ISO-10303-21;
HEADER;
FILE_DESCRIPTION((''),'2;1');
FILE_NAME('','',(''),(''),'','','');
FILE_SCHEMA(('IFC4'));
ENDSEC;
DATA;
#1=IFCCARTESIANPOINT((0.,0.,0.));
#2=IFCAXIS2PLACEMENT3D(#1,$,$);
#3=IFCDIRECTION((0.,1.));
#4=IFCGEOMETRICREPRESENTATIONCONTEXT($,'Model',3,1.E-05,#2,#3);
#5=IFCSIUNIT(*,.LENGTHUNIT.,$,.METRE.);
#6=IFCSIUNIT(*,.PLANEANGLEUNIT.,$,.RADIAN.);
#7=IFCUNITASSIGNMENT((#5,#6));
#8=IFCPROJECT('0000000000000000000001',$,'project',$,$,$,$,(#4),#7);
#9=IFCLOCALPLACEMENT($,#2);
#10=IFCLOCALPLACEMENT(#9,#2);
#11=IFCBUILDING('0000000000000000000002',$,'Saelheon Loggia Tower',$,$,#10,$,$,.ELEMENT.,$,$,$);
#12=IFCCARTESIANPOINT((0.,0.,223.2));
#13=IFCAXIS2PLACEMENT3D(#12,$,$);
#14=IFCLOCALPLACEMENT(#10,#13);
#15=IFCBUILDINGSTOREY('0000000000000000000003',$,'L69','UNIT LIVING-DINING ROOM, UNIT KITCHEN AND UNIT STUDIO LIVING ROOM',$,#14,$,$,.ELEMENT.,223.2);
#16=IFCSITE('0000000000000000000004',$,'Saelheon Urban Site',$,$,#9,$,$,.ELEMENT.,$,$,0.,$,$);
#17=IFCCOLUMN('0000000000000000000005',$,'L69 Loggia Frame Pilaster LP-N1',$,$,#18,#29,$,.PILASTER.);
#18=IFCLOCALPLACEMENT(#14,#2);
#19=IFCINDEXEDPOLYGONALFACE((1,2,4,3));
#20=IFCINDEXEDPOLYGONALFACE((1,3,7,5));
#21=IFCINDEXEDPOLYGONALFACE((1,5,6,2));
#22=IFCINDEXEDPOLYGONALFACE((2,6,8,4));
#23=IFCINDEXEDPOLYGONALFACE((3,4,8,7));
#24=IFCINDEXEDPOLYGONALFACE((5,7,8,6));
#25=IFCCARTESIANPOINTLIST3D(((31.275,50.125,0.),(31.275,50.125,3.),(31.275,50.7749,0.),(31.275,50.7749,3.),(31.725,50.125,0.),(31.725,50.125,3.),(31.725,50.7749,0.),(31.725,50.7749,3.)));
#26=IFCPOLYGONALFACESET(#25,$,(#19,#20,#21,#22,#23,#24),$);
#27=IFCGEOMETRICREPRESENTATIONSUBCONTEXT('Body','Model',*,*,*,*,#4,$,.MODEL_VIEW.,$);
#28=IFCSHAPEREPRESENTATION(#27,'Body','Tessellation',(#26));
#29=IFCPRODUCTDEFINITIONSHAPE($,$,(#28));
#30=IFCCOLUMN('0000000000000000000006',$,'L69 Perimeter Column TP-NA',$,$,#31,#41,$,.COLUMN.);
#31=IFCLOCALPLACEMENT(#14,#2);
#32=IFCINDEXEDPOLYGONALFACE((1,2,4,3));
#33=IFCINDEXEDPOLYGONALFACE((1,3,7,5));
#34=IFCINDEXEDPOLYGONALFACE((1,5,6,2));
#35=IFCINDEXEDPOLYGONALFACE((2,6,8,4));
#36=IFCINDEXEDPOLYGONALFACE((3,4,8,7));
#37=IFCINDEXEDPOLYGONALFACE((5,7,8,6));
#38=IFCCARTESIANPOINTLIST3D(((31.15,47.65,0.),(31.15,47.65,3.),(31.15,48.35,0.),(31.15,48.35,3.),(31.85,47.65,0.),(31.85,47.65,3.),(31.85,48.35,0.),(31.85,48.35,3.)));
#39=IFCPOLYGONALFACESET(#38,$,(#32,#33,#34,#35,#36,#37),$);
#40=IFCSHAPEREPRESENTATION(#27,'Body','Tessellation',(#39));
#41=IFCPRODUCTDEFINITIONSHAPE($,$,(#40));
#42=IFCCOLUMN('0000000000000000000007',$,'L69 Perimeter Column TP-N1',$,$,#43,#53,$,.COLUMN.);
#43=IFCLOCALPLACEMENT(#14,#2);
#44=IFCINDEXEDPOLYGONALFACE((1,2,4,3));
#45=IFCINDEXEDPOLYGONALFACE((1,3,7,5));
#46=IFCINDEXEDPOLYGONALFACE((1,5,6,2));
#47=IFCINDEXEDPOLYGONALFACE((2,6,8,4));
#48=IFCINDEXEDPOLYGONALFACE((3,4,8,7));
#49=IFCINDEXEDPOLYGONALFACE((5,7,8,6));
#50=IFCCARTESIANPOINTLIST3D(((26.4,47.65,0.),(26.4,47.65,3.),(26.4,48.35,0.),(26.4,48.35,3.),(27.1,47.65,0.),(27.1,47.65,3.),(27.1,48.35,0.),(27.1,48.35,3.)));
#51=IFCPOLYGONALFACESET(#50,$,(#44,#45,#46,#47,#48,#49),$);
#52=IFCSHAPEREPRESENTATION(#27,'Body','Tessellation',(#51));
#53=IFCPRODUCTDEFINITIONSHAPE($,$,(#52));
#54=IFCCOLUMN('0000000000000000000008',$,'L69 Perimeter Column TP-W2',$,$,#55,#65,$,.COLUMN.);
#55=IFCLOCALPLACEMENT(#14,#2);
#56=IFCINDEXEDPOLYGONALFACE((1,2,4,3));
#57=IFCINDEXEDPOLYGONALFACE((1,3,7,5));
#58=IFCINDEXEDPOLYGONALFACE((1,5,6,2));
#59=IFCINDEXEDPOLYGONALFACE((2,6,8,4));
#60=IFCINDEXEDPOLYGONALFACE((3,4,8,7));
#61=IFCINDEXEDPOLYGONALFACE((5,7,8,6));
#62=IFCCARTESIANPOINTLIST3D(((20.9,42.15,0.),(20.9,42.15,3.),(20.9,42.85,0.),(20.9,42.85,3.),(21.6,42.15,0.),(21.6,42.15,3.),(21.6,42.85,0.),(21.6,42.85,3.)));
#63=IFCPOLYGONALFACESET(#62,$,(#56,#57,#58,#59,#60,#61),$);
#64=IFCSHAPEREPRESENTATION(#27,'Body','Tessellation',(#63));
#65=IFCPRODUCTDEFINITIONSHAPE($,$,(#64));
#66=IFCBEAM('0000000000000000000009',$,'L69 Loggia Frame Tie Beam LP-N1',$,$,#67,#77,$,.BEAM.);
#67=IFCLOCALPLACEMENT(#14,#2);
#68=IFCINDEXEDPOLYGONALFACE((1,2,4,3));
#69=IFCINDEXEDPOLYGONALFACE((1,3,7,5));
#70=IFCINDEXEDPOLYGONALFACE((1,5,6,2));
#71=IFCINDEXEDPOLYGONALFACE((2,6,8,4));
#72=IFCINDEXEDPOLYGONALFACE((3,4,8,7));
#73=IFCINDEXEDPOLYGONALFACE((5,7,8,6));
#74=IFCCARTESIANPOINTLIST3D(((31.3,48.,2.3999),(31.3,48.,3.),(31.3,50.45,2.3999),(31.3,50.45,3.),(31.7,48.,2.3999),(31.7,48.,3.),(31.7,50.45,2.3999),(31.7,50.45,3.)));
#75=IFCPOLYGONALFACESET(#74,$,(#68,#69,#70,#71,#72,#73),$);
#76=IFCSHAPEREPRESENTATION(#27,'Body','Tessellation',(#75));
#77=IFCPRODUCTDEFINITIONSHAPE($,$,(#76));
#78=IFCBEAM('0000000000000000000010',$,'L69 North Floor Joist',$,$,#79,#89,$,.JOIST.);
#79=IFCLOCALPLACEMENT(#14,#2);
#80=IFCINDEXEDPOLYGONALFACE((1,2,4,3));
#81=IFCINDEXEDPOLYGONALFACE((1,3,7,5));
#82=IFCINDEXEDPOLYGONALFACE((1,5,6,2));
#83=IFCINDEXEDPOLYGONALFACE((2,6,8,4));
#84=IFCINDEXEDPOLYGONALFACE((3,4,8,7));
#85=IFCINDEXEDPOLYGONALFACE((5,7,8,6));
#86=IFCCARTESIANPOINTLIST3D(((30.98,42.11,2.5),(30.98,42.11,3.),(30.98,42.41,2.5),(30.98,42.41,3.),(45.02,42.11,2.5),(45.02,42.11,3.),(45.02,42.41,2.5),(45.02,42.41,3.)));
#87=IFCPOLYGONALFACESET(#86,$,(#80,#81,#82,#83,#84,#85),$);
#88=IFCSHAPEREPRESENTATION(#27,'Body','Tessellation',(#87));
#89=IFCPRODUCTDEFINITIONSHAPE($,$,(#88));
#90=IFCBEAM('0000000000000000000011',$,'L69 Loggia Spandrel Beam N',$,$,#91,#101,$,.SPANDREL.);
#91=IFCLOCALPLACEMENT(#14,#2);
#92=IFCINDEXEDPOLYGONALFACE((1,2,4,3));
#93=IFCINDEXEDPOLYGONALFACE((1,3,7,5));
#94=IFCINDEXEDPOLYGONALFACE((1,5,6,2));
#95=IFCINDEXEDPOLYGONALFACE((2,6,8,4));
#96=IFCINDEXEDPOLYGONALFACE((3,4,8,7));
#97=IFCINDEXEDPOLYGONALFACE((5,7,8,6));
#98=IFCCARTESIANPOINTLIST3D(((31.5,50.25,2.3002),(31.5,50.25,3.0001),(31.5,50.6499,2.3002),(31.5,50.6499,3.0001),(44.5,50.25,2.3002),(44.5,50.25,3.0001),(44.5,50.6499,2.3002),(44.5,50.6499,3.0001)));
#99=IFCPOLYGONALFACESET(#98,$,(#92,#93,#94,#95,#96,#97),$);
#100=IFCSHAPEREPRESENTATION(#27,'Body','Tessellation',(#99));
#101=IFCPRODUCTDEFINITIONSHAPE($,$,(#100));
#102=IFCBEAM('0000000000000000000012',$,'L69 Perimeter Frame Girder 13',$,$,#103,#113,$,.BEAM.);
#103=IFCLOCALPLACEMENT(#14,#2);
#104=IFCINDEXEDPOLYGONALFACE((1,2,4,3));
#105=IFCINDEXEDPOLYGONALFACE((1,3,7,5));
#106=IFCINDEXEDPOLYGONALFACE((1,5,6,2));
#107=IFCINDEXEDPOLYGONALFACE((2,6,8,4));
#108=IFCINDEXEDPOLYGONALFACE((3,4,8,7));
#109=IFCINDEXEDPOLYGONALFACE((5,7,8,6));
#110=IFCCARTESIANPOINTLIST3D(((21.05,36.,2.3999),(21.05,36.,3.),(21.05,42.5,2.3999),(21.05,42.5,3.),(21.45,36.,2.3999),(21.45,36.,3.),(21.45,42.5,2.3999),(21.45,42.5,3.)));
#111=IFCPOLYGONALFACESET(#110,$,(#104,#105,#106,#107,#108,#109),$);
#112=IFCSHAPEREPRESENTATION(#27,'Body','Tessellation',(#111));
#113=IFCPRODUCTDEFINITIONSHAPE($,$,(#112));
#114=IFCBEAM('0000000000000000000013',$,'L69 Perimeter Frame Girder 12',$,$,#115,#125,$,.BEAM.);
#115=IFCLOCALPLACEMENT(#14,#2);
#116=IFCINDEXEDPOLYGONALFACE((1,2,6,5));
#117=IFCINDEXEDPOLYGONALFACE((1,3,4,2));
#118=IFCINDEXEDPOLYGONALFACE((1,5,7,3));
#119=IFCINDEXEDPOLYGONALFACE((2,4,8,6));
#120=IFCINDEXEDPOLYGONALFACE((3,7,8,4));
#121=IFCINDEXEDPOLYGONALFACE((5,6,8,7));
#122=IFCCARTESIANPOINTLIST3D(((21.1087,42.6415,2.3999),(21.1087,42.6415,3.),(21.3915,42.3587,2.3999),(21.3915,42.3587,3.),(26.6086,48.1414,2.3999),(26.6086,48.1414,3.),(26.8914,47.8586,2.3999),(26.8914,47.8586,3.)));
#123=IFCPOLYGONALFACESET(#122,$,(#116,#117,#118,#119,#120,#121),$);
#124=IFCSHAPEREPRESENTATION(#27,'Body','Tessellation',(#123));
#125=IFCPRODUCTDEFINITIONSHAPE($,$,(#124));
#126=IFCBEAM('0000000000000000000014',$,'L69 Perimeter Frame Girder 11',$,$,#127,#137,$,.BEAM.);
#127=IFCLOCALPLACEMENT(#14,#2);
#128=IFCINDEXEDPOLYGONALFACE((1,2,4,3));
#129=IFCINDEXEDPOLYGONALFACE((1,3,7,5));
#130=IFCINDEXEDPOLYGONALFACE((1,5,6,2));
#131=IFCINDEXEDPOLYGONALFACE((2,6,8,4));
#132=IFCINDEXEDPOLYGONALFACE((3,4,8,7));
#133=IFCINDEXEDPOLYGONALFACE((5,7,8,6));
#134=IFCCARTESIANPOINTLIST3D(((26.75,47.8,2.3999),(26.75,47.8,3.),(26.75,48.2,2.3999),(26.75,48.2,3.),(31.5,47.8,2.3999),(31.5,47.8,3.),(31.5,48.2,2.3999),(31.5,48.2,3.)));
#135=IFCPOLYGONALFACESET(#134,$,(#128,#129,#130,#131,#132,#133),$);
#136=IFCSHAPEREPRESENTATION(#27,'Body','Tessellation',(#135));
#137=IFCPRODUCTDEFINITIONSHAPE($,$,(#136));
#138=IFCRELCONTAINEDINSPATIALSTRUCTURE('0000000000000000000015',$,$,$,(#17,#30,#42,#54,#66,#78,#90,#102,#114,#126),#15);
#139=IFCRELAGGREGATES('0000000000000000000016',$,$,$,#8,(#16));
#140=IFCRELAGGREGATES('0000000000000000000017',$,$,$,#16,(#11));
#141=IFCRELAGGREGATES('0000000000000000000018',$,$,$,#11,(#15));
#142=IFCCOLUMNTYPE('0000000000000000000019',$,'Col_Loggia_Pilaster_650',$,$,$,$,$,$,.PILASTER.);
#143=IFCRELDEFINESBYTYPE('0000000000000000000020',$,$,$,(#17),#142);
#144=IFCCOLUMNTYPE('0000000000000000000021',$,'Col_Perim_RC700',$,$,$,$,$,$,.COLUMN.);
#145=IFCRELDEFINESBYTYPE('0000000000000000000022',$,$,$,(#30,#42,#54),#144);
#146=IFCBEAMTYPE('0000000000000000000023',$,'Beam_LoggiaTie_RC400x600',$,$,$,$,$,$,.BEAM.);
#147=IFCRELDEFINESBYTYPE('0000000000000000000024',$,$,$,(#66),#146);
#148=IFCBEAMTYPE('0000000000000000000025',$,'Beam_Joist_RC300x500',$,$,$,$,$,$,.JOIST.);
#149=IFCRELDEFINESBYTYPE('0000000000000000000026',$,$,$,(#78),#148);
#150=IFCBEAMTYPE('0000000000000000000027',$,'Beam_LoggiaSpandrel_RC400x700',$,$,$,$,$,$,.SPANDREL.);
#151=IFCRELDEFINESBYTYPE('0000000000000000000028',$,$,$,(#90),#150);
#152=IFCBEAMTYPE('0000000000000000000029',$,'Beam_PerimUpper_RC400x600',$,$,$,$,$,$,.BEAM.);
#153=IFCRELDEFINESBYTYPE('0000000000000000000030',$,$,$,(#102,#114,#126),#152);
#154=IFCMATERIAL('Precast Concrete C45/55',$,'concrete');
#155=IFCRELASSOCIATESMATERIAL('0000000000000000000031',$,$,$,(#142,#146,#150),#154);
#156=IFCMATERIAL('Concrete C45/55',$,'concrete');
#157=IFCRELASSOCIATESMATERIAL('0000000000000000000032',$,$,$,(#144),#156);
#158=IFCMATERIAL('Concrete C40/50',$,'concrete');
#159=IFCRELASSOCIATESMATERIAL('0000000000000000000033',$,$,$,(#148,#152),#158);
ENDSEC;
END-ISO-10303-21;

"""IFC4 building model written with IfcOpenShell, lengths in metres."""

from ifc_helpers import new_model, si_unit, direction, frame, origin, origin_2d, place, context, subcontext, project, spatial, rectangle, extrude, source, transform, mapped, material, material_profile, profile_set, type_object, element, save


model = new_model("IFC4")

# Units and contexts
model_context = context("Model", 3, precision=1e-05, world=origin(), true_north=direction((0.0, 1.0)))
body_context = subcontext(model_context, "Body", "Model", "MODEL_VIEW")
ifc_project = project(units=[si_unit("LENGTHUNIT", "METRE"), si_unit("PLANEANGLEUNIT", "RADIAN")], contexts=[model_context])

# Site, building, storey
site_placement = place(None, origin())
site = spatial("IfcSite", under=ifc_project, at=site_placement, Name="Saelheon Urban Site", CompositionType="ELEMENT", RefElevation=0.0)
building_placement = place(site_placement, origin())
building = spatial("IfcBuilding", under=site, at=building_placement, Name="Saelheon Loggia Tower", CompositionType="ELEMENT")
storey_placement = place(building_placement, frame((0.0, 0.0, 223.2)))
storey = spatial("IfcBuildingStorey", under=building, at=storey_placement, Name="L69", Description="UNIT LIVING-DINING ROOM, UNIT KITCHEN AND UNIT STUDIO LIVING ROOM", CompositionType="ELEMENT", Elevation=223.2)

# Columns
ifc_material_1 = material(Name="Precast Concrete C45/55", Category="concrete")
ifc_material_profile_1 = material_profile(ifc_material_1, rectangle(XDim=0.45, YDim=0.6499, at=origin_2d()), Name="RC-450x650")
ifc_profile_set_1 = profile_set([ifc_material_profile_1], Name="Precast Concrete C45/55")
column_type_1 = type_object("IfcColumnType", Name="Col_Loggia_Pilaster_650", PredefinedType="PILASTER", material=ifc_profile_set_1)
shared_shape_1 = source(origin(), body_context, "Body", "SweptSolid", [
    extrude(rectangle(XDim=0.45, YDim=0.6499, at=origin_2d()), origin(), (0.0, 0.0, 1.0), 3.0),
])
column_placement = place(storey_placement, frame((31.5, 50.45, 0.0), z_axis=(0.0, 0.0, 1.0), x_axis=(1.0, 0.0, 0.0)))
element("IfcColumn", 1, at=column_placement, inside=storey, type_object=column_type_1, Name="L69 Loggia Frame Pilaster LP-N1", PredefinedType="PILASTER", context=body_context, shape_type="MappedRepresentation", body=[
    mapped(shared_shape_1, transform((0.0, 0.0, 0.0), scale=1.0)),
])
ifc_material_2 = material(Name="Concrete C45/55", Category="concrete")
ifc_material_profile_2 = material_profile(ifc_material_2, rectangle(XDim=0.7, YDim=0.7, at=origin_2d()), Name="RC-700x700")
ifc_profile_set_2 = profile_set([ifc_material_profile_2], Name="Concrete C45/55")
column_type_2 = type_object("IfcColumnType", Name="Col_Perim_RC700", PredefinedType="COLUMN", material=ifc_profile_set_2)
shared_shape_2 = source(origin(), body_context, "Body", "SweptSolid", [
    extrude(rectangle(XDim=0.7, YDim=0.7, at=origin_2d()), origin(), (0.0, 0.0, 1.0), 3.0),
])
for number, where, z_axis, x_axis, name in (
    (2, (31.5, 48.0, 0.0), (0.0, 0.0, 1.0), (1.0, 0.0, 0.0), "L69 Perimeter Column TP-NA"),
    (3, (26.75, 48.0, 0.0), (0.0, 0.0, 1.0), (1.0, 0.0, 0.0), "L69 Perimeter Column TP-N1"),
    (4, (21.25, 42.5, 0.0), (0.0, 0.0, 1.0), (1.0, 0.0, 0.0), "L69 Perimeter Column TP-W2"),
):
    element("IfcColumn", number, at=place(storey_placement, frame(where, z_axis=z_axis, x_axis=x_axis)), inside=storey, type_object=column_type_2, Name=name, PredefinedType="COLUMN", context=body_context, shape_type="MappedRepresentation", body=[
        mapped(shared_shape_2, transform((0.0, 0.0, 0.0), scale=1.0)),
    ])

# Beams
ifc_material_profile_3 = material_profile(ifc_material_1, rectangle(XDim=0.3999, YDim=0.6001, at=origin_2d()), Name="RC-400x600")
ifc_profile_set_3 = profile_set([ifc_material_profile_3], Name="Precast Concrete C45/55")
beam_type_1 = type_object("IfcBeamType", Name="Beam_LoggiaTie_RC400x600", PredefinedType="BEAM", material=ifc_profile_set_3)
shared_shape_3 = source(origin(), body_context, "Body", "SweptSolid", [
    extrude(rectangle(XDim=0.3999, YDim=0.6001, at=origin_2d()), origin(), (0.0, 0.0, 1.0), 2.45),
])
beam_1_placement = place(storey_placement, frame((31.5, 48.0, 2.7), z_axis=(0.0, 1.0, 0.0), x_axis=(-1.0, 0.0, 0.0)))
element("IfcBeam", 5, at=beam_1_placement, inside=storey, type_object=beam_type_1, Name="L69 Loggia Frame Tie Beam LP-N1", PredefinedType="BEAM", context=body_context, shape_type="MappedRepresentation", body=[
    mapped(shared_shape_3, transform((0.0, 0.0, 0.0), scale=1.0)),
])
ifc_material_3 = material(Name="Concrete C40/50", Category="concrete")
ifc_material_profile_4 = material_profile(ifc_material_3, rectangle(XDim=0.3, YDim=0.5, at=origin_2d()), Name="RC-300x500")
ifc_profile_set_4 = profile_set([ifc_material_profile_4], Name="Concrete C40/50")
beam_type_2 = type_object("IfcBeamType", Name="Beam_Joist_RC300x500", PredefinedType="JOIST", material=ifc_profile_set_4)
shared_shape_4 = source(origin(), body_context, "Body", "SweptSolid", [
    extrude(rectangle(XDim=0.3, YDim=0.5, at=origin_2d()), origin(), (0.0, 0.0, 1.0), 14.04),
])
beam_2_placement = place(storey_placement, frame((30.98, 42.26, 2.75), z_axis=(1.0, 0.0, 0.0), x_axis=(0.0, 1.0, 0.0)))
element("IfcBeam", 6, at=beam_2_placement, inside=storey, type_object=beam_type_2, Name="L69 North Floor Joist", PredefinedType="JOIST", context=body_context, shape_type="MappedRepresentation", body=[
    mapped(shared_shape_4, transform((0.0, 0.0, 0.0), scale=1.0)),
])
ifc_material_profile_5 = material_profile(ifc_material_1, rectangle(XDim=0.3999, YDim=0.7, at=origin_2d()), Name="RC-400x700")
ifc_profile_set_5 = profile_set([ifc_material_profile_5], Name="Precast Concrete C45/55")
beam_type_3 = type_object("IfcBeamType", Name="Beam_LoggiaSpandrel_RC400x700", PredefinedType="SPANDREL", material=ifc_profile_set_5)
shared_shape_5 = source(origin(), body_context, "Body", "SweptSolid", [
    extrude(rectangle(XDim=0.3999, YDim=0.7, at=origin_2d()), origin(), (0.0, 0.0, 1.0), 13.0),
])
beam_3_placement = place(storey_placement, frame((31.5, 50.45, 2.6501), z_axis=(1.0, 0.0, 0.0), x_axis=(0.0, 1.0, 0.0)))
element("IfcBeam", 7, at=beam_3_placement, inside=storey, type_object=beam_type_3, Name="L69 Loggia Spandrel Beam N", PredefinedType="SPANDREL", context=body_context, shape_type="MappedRepresentation", body=[
    mapped(shared_shape_5, transform((0.0, 0.0, 0.0), scale=1.0)),
])
ifc_material_profile_6 = material_profile(ifc_material_3, rectangle(XDim=0.3999, YDim=0.6001, at=origin_2d()), Name="RC-400x600")
ifc_profile_set_6 = profile_set([ifc_material_profile_6], Name="Concrete C40/50")
beam_type_4 = type_object("IfcBeamType", Name="Beam_PerimUpper_RC400x600", PredefinedType="BEAM", material=ifc_profile_set_6)
shared_shape_6 = source(origin(), body_context, "Body", "SweptSolid", [
    extrude(rectangle(XDim=0.3999, YDim=0.6001, at=origin_2d()), origin(), (0.0, 0.0, 1.0), 6.5),
])
beam_4_placement = place(storey_placement, frame((21.25, 42.5, 2.7), z_axis=(0.0, -1.0, 0.0), x_axis=(1.0, 0.0, 0.0)))
element("IfcBeam", 8, at=beam_4_placement, inside=storey, type_object=beam_type_4, Name="L69 Perimeter Frame Girder 13", PredefinedType="BEAM", context=body_context, shape_type="MappedRepresentation", body=[
    mapped(shared_shape_6, transform((0.0, 0.0, 0.0), scale=1.0)),
])
shared_shape_7 = source(origin(), body_context, "Body", "SweptSolid", [
    extrude(rectangle(XDim=0.3999, YDim=0.6001, at=origin_2d()), origin(), (0.0, 0.0, 1.0), 7.7781),
])
beam_5_placement = place(storey_placement, frame((26.75, 48.0, 2.7), z_axis=(-0.707107, -0.707107, 0.0), x_axis=(0.707107, -0.707107, 0.0)))
element("IfcBeam", 9, at=beam_5_placement, inside=storey, type_object=beam_type_4, Name="L69 Perimeter Frame Girder 12", PredefinedType="BEAM", context=body_context, shape_type="MappedRepresentation", body=[
    mapped(shared_shape_7, transform((0.0, 0.0, 0.0), scale=1.0)),
])
shared_shape_8 = source(origin(), body_context, "Body", "SweptSolid", [
    extrude(rectangle(XDim=0.3999, YDim=0.6001, at=origin_2d()), origin(), (0.0, 0.0, 1.0), 4.75),
])
beam_6_placement = place(storey_placement, frame((31.5, 48.0, 2.7), z_axis=(-1.0, 0.0, 0.0), x_axis=(0.0, -1.0, 0.0)))
element("IfcBeam", 10, at=beam_6_placement, inside=storey, type_object=beam_type_4, Name="L69 Perimeter Frame Girder 11", PredefinedType="BEAM", context=body_context, shape_type="MappedRepresentation", body=[
    mapped(shared_shape_8, transform((0.0, 0.0, 0.0), scale=1.0)),
])

save(model, "model.ifc")
